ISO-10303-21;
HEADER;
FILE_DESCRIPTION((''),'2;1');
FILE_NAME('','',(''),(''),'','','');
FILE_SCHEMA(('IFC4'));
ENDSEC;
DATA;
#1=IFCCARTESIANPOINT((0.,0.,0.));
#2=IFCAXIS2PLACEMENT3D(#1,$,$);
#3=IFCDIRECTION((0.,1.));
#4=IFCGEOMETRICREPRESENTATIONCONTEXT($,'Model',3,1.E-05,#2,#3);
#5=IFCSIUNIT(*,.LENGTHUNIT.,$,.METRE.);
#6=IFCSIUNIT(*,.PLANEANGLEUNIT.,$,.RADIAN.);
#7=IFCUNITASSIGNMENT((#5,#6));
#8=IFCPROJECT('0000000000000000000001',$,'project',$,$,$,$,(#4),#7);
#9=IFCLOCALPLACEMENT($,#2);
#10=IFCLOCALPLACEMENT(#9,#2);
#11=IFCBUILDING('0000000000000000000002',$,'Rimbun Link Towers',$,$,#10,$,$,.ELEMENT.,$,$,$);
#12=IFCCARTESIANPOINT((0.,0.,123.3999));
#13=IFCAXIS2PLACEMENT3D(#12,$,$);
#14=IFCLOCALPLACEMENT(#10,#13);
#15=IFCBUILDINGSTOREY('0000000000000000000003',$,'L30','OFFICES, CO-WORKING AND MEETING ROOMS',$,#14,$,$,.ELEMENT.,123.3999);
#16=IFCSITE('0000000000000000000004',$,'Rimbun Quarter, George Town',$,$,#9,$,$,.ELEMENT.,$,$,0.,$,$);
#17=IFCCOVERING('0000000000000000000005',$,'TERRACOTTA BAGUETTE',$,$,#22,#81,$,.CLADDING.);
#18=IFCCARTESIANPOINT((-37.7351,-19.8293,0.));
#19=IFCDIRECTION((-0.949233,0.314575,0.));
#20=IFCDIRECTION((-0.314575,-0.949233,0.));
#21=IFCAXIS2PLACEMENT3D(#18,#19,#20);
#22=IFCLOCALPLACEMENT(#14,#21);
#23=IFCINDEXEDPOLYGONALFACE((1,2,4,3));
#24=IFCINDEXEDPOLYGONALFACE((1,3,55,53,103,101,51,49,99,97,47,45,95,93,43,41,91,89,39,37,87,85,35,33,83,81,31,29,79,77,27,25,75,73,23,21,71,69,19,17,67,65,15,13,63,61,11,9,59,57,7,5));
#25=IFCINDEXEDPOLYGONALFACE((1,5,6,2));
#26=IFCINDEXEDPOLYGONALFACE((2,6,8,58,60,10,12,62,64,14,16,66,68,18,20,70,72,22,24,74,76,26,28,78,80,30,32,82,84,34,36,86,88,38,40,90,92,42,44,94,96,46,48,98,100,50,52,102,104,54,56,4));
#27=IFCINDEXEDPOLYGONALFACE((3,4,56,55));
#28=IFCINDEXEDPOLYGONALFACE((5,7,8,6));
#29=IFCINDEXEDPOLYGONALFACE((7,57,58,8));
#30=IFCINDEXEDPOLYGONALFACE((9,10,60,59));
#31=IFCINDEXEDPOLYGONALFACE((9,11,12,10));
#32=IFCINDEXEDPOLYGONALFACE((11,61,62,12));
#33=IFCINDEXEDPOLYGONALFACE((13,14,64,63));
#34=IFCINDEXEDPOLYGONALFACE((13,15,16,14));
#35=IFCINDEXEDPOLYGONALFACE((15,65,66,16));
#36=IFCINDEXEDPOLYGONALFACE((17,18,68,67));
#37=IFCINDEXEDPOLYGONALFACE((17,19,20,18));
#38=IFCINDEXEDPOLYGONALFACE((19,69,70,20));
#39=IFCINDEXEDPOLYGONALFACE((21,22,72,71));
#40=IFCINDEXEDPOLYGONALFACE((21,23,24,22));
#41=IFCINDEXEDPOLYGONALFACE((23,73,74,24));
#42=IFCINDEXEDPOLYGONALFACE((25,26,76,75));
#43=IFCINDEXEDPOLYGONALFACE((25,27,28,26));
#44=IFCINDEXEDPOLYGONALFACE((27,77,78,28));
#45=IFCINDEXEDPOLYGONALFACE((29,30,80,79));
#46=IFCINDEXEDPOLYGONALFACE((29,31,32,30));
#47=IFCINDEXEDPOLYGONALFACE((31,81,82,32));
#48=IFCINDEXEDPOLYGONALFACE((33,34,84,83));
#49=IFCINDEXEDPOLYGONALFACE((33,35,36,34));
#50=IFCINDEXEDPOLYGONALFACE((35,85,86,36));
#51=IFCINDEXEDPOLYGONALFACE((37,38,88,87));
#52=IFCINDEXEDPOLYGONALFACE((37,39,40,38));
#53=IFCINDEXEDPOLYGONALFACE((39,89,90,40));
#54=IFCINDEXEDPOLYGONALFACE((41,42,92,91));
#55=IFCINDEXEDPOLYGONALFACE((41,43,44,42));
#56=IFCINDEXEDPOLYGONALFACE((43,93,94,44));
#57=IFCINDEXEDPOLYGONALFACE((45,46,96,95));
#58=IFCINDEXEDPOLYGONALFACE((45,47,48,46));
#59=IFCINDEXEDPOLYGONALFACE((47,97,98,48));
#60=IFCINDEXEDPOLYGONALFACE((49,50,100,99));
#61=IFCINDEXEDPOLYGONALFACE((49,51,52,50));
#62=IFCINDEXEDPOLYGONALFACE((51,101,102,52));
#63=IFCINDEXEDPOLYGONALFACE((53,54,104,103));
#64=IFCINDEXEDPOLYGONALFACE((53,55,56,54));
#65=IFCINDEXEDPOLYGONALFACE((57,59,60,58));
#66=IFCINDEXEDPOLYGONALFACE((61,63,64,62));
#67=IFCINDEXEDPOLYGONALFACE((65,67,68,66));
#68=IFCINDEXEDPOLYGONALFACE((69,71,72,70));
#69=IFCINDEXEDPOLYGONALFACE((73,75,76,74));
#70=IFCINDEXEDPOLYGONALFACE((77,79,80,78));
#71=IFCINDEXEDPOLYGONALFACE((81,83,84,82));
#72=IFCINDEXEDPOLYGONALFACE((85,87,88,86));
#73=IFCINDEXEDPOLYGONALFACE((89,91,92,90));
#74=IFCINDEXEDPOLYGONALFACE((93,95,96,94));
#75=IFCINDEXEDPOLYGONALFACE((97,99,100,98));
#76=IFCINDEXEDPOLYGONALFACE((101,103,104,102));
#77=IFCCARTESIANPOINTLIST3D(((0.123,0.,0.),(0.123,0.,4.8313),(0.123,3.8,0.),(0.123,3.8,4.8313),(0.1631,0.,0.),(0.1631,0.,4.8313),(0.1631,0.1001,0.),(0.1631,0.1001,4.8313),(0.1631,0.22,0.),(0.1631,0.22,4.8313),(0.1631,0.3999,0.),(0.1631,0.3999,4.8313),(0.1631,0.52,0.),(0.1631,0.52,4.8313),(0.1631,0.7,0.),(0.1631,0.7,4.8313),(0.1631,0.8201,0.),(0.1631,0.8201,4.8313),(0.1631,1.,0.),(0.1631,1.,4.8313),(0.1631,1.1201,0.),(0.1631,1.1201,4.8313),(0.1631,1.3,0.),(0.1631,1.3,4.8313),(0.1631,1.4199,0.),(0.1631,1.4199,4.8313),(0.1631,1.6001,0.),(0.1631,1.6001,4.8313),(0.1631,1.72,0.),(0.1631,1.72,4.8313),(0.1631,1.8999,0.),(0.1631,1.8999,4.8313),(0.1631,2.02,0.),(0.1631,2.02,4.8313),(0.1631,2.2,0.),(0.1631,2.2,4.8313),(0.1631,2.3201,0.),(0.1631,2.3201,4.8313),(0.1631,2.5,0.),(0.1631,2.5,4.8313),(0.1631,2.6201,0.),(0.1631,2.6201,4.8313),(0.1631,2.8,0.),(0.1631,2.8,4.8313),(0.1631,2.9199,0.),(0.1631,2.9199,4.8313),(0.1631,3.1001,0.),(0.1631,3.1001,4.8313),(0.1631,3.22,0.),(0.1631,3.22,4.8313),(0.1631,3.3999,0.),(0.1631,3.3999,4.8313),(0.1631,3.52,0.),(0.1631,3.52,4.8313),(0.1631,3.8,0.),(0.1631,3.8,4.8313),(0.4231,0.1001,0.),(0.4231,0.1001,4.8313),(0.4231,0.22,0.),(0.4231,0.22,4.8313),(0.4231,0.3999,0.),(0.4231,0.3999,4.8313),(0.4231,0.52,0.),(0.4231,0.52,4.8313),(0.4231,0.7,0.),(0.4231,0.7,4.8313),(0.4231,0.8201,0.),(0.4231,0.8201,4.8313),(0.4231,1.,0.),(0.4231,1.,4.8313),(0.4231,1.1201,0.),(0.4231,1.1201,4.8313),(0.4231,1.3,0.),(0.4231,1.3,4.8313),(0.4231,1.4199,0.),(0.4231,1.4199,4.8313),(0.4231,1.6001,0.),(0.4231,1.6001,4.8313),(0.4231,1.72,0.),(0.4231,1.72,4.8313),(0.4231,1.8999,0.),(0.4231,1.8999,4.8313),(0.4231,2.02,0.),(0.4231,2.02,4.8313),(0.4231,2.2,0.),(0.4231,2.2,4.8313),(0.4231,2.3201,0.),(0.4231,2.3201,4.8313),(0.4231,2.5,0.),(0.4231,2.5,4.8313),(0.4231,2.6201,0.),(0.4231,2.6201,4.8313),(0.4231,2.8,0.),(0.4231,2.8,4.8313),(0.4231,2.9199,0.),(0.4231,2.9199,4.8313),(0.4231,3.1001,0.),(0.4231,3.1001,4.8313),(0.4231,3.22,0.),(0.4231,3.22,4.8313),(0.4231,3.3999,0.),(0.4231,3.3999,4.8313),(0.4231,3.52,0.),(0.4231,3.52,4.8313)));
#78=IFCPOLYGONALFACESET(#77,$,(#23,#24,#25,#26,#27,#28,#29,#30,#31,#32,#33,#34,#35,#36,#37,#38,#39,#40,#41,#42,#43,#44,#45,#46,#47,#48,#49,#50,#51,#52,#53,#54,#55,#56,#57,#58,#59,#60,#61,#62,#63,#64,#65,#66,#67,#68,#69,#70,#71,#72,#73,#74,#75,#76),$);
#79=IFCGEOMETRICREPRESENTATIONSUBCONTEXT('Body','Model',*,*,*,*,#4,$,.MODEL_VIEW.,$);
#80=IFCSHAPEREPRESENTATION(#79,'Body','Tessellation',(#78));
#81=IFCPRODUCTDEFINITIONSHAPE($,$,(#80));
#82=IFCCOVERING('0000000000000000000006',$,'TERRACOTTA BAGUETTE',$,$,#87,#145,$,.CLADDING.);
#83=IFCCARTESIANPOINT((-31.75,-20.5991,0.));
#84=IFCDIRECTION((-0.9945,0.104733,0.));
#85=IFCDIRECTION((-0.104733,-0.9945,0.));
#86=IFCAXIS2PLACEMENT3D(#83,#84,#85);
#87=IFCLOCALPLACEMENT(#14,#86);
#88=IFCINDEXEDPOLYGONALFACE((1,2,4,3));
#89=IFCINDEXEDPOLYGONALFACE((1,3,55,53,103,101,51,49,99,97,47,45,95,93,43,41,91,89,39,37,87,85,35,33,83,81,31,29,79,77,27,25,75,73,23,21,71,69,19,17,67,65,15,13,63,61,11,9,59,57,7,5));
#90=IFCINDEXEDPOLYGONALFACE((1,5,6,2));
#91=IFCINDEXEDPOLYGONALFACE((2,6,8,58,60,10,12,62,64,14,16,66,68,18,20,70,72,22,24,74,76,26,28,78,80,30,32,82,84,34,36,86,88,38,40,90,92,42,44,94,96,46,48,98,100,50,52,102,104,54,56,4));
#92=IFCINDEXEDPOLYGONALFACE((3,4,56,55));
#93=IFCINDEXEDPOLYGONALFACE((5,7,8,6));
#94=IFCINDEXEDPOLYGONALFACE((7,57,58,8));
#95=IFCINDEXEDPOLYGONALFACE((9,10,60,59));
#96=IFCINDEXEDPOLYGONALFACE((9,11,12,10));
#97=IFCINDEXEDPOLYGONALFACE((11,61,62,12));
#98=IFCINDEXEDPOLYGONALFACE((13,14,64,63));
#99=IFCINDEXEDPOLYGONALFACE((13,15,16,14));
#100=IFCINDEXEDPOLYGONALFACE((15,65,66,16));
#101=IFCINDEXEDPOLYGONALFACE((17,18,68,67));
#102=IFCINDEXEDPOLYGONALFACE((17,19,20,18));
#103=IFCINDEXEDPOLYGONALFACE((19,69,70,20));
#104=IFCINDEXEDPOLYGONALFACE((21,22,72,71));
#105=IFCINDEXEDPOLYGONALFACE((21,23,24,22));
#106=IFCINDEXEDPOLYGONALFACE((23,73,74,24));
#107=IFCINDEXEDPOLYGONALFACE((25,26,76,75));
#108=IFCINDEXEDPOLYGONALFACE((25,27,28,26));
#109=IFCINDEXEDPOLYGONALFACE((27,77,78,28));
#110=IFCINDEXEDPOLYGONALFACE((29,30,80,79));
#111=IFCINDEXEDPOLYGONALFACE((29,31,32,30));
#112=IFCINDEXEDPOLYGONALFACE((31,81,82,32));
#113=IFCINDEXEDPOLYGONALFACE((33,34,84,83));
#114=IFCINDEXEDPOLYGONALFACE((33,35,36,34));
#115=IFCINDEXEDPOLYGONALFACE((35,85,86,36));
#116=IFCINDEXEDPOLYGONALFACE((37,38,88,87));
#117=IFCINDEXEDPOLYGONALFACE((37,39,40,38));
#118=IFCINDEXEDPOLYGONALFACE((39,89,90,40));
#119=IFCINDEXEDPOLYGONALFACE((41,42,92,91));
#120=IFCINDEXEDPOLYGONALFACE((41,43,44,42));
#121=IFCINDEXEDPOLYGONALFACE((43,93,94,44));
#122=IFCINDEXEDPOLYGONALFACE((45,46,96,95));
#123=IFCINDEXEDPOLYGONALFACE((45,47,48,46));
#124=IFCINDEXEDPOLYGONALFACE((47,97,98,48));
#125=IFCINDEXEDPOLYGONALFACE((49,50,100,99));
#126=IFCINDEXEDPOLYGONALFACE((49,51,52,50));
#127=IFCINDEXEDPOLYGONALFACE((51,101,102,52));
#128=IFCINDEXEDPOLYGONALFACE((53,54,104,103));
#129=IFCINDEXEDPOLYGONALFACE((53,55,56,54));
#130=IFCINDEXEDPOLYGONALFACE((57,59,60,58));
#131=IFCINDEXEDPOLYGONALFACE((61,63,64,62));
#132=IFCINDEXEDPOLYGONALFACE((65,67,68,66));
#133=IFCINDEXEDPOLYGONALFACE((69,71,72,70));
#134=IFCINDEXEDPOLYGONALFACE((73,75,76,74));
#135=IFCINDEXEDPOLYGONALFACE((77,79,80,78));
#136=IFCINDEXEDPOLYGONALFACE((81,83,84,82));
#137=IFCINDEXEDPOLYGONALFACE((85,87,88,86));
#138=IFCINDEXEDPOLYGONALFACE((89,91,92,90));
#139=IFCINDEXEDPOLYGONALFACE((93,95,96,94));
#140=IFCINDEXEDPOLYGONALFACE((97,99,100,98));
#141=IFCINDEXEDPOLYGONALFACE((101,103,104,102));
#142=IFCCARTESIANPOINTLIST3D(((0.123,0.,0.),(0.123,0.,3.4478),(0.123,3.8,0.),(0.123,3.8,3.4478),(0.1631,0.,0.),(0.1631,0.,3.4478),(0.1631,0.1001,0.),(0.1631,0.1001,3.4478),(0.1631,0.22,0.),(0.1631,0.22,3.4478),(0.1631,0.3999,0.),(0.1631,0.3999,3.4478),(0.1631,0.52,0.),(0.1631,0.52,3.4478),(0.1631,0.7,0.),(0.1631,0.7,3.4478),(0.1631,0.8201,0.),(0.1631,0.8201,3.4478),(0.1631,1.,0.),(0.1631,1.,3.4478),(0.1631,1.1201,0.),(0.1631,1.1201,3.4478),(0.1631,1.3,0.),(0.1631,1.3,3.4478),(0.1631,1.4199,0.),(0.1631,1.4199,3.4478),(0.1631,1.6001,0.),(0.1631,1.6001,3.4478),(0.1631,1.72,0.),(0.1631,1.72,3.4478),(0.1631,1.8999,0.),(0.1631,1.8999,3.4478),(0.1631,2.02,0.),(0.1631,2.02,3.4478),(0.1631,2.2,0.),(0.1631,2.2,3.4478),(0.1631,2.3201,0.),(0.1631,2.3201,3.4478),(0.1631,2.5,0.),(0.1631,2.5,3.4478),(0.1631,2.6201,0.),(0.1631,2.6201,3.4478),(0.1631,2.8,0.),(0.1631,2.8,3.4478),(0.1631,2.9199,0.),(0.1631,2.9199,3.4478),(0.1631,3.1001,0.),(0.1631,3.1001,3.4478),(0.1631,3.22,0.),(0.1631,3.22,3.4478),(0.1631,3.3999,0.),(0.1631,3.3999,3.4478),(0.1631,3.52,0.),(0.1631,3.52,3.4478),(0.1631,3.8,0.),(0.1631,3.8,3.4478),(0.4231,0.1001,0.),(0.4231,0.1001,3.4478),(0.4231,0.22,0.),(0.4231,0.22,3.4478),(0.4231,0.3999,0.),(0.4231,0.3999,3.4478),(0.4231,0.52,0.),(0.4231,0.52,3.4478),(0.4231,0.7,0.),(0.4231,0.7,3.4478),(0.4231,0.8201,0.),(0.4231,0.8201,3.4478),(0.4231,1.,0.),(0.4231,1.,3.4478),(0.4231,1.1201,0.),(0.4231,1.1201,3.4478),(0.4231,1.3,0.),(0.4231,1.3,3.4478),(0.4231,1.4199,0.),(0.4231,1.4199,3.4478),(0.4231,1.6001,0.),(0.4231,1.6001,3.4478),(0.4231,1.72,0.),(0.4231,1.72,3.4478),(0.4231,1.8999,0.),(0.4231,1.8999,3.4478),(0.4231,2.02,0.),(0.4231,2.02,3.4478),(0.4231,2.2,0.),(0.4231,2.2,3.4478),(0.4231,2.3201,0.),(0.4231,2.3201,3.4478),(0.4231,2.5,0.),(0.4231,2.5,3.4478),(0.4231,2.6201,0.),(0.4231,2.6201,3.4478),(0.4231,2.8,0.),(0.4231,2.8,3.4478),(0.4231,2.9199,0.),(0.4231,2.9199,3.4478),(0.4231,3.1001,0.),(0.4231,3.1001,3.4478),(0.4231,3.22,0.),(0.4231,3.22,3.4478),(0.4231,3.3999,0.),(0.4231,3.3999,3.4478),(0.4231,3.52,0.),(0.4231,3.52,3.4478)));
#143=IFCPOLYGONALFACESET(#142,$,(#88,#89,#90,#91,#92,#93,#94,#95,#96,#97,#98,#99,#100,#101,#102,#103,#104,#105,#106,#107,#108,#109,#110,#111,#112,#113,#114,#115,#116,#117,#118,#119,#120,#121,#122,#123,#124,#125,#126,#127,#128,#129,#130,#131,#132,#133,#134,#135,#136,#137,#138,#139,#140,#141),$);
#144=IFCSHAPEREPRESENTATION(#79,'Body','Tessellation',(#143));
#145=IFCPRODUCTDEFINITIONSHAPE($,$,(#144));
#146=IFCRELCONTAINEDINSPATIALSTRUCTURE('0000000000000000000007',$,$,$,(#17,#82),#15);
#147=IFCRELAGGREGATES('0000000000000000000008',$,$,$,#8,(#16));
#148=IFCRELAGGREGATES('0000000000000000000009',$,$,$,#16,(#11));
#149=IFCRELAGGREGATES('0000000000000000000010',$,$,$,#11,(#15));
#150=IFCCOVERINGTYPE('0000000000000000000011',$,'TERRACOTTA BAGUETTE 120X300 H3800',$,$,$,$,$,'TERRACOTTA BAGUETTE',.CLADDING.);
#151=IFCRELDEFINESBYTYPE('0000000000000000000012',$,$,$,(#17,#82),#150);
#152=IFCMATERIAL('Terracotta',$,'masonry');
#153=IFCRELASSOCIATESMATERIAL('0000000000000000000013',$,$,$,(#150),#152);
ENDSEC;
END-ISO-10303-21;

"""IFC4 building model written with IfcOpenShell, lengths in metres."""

from ifc_helpers import new_model, si_unit, direction, frame, origin, place, context, subcontext, project, spatial, polyline, outline, extrude, material, material_profile, profile_set, type_object, element, save


model = new_model("IFC4")

# Units and contexts
model_context = context("Model", 3, precision=1e-05, world=origin(), true_north=direction((0.0, 1.0)))
body_context = subcontext(model_context, "Body", "Model", "MODEL_VIEW")
ifc_project = project(units=[si_unit("LENGTHUNIT", "METRE"), si_unit("PLANEANGLEUNIT", "RADIAN")], contexts=[model_context])

# Site, building, storey
site_placement = place(None, origin())
site = spatial("IfcSite", under=ifc_project, at=site_placement, Name="Rimbun Quarter, George Town", CompositionType="ELEMENT", RefElevation=0.0)
building_placement = place(site_placement, origin())
building = spatial("IfcBuilding", under=site, at=building_placement, Name="Rimbun Link Towers", CompositionType="ELEMENT")
storey_placement = place(building_placement, frame((0.0, 0.0, 123.3999)))
storey = spatial("IfcBuildingStorey", under=building, at=storey_placement, Name="L30", Description="OFFICES, CO-WORKING AND MEETING ROOMS", CompositionType="ELEMENT", Elevation=123.3999)

# Coverings
ifc_material_1 = material(Name="Terracotta", Category="masonry")
ifc_material_profile_1 = material_profile(ifc_material_1, outline(polyline([(0.123, 0.0), (0.1631, 0.0), (0.1631, 0.1001), (0.4231, 0.1001), (0.4231, 0.22), (0.1631, 0.22), (0.1631, 0.3999), (0.4231, 0.3999), (0.4231, 0.52), (0.1631, 0.52), (0.1631, 0.7), (0.4231, 0.7), (0.4231, 0.8201), (0.1631, 0.8201), (0.1631, 1.0), (0.4231, 1.0), (0.4231, 1.1201), (0.1631, 1.1201), (0.1631, 1.3), (0.4231, 1.3), (0.4231, 1.4199), (0.1631, 1.4199), (0.1631, 1.6001), (0.4231, 1.6001), (0.4231, 1.72), (0.1631, 1.72), (0.1631, 1.8999), (0.4231, 1.8999), (0.4231, 2.02), (0.1631, 2.02), (0.1631, 2.2), (0.4231, 2.2), (0.4231, 2.3201), (0.1631, 2.3201), (0.1631, 2.5), (0.4231, 2.5), (0.4231, 2.6201), (0.1631, 2.6201), (0.1631, 2.8), (0.4231, 2.8), (0.4231, 2.9199), (0.1631, 2.9199), (0.1631, 3.1001), (0.4231, 3.1001), (0.4231, 3.22), (0.1631, 3.22), (0.1631, 3.3999), (0.4231, 3.3999), (0.4231, 3.52), (0.1631, 3.52), (0.1631, 3.8), (0.123, 3.8), (0.123, 0.0)])), Name="BAGUETTE 120X300")
ifc_profile_set_1 = profile_set([ifc_material_profile_1], Name="Terracotta")
covering_type = type_object("IfcCoveringType", Name="TERRACOTTA BAGUETTE 120X300 H3800", ElementType="TERRACOTTA BAGUETTE", PredefinedType="CLADDING", material=ifc_profile_set_1)
covering_1_placement = place(storey_placement, frame((-37.7351, -19.8293, 0.0), z_axis=(-0.949233, 0.314575, 0.0), x_axis=(-0.314575, -0.949233, 0.0)))
element("IfcCovering", 1, at=covering_1_placement, inside=storey, type_object=covering_type, Name="TERRACOTTA BAGUETTE", PredefinedType="CLADDING", context=body_context, shape_type="SweptSolid", body=[
    extrude(outline(polyline([(0.123, 0.0), (0.1631, 0.0), (0.1631, 0.1001), (0.4231, 0.1001), (0.4231, 0.22), (0.1631, 0.22), (0.1631, 0.3999), (0.4231, 0.3999), (0.4231, 0.52), (0.1631, 0.52), (0.1631, 0.7), (0.4231, 0.7), (0.4231, 0.8201), (0.1631, 0.8201), (0.1631, 1.0), (0.4231, 1.0), (0.4231, 1.1201), (0.1631, 1.1201), (0.1631, 1.3), (0.4231, 1.3), (0.4231, 1.4199), (0.1631, 1.4199), (0.1631, 1.6001), (0.4231, 1.6001), (0.4231, 1.72), (0.1631, 1.72), (0.1631, 1.8999), (0.4231, 1.8999), (0.4231, 2.02), (0.1631, 2.02), (0.1631, 2.2), (0.4231, 2.2), (0.4231, 2.3201), (0.1631, 2.3201), (0.1631, 2.5), (0.4231, 2.5), (0.4231, 2.6201), (0.1631, 2.6201), (0.1631, 2.8), (0.4231, 2.8), (0.4231, 2.9199), (0.1631, 2.9199), (0.1631, 3.1001), (0.4231, 3.1001), (0.4231, 3.22), (0.1631, 3.22), (0.1631, 3.3999), (0.4231, 3.3999), (0.4231, 3.52), (0.1631, 3.52), (0.1631, 3.8), (0.123, 3.8), (0.123, 0.0)])), origin(), (0.0, 0.0, 1.0), 4.8313),
])
for number, where, z_axis, x_axis, name in (
    (2, (-31.75, -20.5991, 0.0), (-0.9945, 0.104733, 0.0), (-0.104733, -0.9945, 0.0), "TERRACOTTA BAGUETTE"),
):
    element("IfcCovering", number, at=place(storey_placement, frame(where, z_axis=z_axis, x_axis=x_axis)), inside=storey, type_object=covering_type, Name=name, PredefinedType="CLADDING", context=body_context, shape_type="SweptSolid", body=[
        extrude(outline(polyline([(0.123, 0.0), (0.1631, 0.0), (0.1631, 0.1001), (0.4231, 0.1001), (0.4231, 0.22), (0.1631, 0.22), (0.1631, 0.3999), (0.4231, 0.3999), (0.4231, 0.52), (0.1631, 0.52), (0.1631, 0.7), (0.4231, 0.7), (0.4231, 0.8201), (0.1631, 0.8201), (0.1631, 1.0), (0.4231, 1.0), (0.4231, 1.1201), (0.1631, 1.1201), (0.1631, 1.3), (0.4231, 1.3), (0.4231, 1.4199), (0.1631, 1.4199), (0.1631, 1.6001), (0.4231, 1.6001), (0.4231, 1.72), (0.1631, 1.72), (0.1631, 1.8999), (0.4231, 1.8999), (0.4231, 2.02), (0.1631, 2.02), (0.1631, 2.2), (0.4231, 2.2), (0.4231, 2.3201), (0.1631, 2.3201), (0.1631, 2.5), (0.4231, 2.5), (0.4231, 2.6201), (0.1631, 2.6201), (0.1631, 2.8), (0.4231, 2.8), (0.4231, 2.9199), (0.1631, 2.9199), (0.1631, 3.1001), (0.4231, 3.1001), (0.4231, 3.22), (0.1631, 3.22), (0.1631, 3.3999), (0.4231, 3.3999), (0.4231, 3.52), (0.1631, 3.52), (0.1631, 3.8), (0.123, 3.8), (0.123, 0.0)])), origin(), (0.0, 0.0, 1.0), 3.4478),
    ])

save(model, "model.ifc")
